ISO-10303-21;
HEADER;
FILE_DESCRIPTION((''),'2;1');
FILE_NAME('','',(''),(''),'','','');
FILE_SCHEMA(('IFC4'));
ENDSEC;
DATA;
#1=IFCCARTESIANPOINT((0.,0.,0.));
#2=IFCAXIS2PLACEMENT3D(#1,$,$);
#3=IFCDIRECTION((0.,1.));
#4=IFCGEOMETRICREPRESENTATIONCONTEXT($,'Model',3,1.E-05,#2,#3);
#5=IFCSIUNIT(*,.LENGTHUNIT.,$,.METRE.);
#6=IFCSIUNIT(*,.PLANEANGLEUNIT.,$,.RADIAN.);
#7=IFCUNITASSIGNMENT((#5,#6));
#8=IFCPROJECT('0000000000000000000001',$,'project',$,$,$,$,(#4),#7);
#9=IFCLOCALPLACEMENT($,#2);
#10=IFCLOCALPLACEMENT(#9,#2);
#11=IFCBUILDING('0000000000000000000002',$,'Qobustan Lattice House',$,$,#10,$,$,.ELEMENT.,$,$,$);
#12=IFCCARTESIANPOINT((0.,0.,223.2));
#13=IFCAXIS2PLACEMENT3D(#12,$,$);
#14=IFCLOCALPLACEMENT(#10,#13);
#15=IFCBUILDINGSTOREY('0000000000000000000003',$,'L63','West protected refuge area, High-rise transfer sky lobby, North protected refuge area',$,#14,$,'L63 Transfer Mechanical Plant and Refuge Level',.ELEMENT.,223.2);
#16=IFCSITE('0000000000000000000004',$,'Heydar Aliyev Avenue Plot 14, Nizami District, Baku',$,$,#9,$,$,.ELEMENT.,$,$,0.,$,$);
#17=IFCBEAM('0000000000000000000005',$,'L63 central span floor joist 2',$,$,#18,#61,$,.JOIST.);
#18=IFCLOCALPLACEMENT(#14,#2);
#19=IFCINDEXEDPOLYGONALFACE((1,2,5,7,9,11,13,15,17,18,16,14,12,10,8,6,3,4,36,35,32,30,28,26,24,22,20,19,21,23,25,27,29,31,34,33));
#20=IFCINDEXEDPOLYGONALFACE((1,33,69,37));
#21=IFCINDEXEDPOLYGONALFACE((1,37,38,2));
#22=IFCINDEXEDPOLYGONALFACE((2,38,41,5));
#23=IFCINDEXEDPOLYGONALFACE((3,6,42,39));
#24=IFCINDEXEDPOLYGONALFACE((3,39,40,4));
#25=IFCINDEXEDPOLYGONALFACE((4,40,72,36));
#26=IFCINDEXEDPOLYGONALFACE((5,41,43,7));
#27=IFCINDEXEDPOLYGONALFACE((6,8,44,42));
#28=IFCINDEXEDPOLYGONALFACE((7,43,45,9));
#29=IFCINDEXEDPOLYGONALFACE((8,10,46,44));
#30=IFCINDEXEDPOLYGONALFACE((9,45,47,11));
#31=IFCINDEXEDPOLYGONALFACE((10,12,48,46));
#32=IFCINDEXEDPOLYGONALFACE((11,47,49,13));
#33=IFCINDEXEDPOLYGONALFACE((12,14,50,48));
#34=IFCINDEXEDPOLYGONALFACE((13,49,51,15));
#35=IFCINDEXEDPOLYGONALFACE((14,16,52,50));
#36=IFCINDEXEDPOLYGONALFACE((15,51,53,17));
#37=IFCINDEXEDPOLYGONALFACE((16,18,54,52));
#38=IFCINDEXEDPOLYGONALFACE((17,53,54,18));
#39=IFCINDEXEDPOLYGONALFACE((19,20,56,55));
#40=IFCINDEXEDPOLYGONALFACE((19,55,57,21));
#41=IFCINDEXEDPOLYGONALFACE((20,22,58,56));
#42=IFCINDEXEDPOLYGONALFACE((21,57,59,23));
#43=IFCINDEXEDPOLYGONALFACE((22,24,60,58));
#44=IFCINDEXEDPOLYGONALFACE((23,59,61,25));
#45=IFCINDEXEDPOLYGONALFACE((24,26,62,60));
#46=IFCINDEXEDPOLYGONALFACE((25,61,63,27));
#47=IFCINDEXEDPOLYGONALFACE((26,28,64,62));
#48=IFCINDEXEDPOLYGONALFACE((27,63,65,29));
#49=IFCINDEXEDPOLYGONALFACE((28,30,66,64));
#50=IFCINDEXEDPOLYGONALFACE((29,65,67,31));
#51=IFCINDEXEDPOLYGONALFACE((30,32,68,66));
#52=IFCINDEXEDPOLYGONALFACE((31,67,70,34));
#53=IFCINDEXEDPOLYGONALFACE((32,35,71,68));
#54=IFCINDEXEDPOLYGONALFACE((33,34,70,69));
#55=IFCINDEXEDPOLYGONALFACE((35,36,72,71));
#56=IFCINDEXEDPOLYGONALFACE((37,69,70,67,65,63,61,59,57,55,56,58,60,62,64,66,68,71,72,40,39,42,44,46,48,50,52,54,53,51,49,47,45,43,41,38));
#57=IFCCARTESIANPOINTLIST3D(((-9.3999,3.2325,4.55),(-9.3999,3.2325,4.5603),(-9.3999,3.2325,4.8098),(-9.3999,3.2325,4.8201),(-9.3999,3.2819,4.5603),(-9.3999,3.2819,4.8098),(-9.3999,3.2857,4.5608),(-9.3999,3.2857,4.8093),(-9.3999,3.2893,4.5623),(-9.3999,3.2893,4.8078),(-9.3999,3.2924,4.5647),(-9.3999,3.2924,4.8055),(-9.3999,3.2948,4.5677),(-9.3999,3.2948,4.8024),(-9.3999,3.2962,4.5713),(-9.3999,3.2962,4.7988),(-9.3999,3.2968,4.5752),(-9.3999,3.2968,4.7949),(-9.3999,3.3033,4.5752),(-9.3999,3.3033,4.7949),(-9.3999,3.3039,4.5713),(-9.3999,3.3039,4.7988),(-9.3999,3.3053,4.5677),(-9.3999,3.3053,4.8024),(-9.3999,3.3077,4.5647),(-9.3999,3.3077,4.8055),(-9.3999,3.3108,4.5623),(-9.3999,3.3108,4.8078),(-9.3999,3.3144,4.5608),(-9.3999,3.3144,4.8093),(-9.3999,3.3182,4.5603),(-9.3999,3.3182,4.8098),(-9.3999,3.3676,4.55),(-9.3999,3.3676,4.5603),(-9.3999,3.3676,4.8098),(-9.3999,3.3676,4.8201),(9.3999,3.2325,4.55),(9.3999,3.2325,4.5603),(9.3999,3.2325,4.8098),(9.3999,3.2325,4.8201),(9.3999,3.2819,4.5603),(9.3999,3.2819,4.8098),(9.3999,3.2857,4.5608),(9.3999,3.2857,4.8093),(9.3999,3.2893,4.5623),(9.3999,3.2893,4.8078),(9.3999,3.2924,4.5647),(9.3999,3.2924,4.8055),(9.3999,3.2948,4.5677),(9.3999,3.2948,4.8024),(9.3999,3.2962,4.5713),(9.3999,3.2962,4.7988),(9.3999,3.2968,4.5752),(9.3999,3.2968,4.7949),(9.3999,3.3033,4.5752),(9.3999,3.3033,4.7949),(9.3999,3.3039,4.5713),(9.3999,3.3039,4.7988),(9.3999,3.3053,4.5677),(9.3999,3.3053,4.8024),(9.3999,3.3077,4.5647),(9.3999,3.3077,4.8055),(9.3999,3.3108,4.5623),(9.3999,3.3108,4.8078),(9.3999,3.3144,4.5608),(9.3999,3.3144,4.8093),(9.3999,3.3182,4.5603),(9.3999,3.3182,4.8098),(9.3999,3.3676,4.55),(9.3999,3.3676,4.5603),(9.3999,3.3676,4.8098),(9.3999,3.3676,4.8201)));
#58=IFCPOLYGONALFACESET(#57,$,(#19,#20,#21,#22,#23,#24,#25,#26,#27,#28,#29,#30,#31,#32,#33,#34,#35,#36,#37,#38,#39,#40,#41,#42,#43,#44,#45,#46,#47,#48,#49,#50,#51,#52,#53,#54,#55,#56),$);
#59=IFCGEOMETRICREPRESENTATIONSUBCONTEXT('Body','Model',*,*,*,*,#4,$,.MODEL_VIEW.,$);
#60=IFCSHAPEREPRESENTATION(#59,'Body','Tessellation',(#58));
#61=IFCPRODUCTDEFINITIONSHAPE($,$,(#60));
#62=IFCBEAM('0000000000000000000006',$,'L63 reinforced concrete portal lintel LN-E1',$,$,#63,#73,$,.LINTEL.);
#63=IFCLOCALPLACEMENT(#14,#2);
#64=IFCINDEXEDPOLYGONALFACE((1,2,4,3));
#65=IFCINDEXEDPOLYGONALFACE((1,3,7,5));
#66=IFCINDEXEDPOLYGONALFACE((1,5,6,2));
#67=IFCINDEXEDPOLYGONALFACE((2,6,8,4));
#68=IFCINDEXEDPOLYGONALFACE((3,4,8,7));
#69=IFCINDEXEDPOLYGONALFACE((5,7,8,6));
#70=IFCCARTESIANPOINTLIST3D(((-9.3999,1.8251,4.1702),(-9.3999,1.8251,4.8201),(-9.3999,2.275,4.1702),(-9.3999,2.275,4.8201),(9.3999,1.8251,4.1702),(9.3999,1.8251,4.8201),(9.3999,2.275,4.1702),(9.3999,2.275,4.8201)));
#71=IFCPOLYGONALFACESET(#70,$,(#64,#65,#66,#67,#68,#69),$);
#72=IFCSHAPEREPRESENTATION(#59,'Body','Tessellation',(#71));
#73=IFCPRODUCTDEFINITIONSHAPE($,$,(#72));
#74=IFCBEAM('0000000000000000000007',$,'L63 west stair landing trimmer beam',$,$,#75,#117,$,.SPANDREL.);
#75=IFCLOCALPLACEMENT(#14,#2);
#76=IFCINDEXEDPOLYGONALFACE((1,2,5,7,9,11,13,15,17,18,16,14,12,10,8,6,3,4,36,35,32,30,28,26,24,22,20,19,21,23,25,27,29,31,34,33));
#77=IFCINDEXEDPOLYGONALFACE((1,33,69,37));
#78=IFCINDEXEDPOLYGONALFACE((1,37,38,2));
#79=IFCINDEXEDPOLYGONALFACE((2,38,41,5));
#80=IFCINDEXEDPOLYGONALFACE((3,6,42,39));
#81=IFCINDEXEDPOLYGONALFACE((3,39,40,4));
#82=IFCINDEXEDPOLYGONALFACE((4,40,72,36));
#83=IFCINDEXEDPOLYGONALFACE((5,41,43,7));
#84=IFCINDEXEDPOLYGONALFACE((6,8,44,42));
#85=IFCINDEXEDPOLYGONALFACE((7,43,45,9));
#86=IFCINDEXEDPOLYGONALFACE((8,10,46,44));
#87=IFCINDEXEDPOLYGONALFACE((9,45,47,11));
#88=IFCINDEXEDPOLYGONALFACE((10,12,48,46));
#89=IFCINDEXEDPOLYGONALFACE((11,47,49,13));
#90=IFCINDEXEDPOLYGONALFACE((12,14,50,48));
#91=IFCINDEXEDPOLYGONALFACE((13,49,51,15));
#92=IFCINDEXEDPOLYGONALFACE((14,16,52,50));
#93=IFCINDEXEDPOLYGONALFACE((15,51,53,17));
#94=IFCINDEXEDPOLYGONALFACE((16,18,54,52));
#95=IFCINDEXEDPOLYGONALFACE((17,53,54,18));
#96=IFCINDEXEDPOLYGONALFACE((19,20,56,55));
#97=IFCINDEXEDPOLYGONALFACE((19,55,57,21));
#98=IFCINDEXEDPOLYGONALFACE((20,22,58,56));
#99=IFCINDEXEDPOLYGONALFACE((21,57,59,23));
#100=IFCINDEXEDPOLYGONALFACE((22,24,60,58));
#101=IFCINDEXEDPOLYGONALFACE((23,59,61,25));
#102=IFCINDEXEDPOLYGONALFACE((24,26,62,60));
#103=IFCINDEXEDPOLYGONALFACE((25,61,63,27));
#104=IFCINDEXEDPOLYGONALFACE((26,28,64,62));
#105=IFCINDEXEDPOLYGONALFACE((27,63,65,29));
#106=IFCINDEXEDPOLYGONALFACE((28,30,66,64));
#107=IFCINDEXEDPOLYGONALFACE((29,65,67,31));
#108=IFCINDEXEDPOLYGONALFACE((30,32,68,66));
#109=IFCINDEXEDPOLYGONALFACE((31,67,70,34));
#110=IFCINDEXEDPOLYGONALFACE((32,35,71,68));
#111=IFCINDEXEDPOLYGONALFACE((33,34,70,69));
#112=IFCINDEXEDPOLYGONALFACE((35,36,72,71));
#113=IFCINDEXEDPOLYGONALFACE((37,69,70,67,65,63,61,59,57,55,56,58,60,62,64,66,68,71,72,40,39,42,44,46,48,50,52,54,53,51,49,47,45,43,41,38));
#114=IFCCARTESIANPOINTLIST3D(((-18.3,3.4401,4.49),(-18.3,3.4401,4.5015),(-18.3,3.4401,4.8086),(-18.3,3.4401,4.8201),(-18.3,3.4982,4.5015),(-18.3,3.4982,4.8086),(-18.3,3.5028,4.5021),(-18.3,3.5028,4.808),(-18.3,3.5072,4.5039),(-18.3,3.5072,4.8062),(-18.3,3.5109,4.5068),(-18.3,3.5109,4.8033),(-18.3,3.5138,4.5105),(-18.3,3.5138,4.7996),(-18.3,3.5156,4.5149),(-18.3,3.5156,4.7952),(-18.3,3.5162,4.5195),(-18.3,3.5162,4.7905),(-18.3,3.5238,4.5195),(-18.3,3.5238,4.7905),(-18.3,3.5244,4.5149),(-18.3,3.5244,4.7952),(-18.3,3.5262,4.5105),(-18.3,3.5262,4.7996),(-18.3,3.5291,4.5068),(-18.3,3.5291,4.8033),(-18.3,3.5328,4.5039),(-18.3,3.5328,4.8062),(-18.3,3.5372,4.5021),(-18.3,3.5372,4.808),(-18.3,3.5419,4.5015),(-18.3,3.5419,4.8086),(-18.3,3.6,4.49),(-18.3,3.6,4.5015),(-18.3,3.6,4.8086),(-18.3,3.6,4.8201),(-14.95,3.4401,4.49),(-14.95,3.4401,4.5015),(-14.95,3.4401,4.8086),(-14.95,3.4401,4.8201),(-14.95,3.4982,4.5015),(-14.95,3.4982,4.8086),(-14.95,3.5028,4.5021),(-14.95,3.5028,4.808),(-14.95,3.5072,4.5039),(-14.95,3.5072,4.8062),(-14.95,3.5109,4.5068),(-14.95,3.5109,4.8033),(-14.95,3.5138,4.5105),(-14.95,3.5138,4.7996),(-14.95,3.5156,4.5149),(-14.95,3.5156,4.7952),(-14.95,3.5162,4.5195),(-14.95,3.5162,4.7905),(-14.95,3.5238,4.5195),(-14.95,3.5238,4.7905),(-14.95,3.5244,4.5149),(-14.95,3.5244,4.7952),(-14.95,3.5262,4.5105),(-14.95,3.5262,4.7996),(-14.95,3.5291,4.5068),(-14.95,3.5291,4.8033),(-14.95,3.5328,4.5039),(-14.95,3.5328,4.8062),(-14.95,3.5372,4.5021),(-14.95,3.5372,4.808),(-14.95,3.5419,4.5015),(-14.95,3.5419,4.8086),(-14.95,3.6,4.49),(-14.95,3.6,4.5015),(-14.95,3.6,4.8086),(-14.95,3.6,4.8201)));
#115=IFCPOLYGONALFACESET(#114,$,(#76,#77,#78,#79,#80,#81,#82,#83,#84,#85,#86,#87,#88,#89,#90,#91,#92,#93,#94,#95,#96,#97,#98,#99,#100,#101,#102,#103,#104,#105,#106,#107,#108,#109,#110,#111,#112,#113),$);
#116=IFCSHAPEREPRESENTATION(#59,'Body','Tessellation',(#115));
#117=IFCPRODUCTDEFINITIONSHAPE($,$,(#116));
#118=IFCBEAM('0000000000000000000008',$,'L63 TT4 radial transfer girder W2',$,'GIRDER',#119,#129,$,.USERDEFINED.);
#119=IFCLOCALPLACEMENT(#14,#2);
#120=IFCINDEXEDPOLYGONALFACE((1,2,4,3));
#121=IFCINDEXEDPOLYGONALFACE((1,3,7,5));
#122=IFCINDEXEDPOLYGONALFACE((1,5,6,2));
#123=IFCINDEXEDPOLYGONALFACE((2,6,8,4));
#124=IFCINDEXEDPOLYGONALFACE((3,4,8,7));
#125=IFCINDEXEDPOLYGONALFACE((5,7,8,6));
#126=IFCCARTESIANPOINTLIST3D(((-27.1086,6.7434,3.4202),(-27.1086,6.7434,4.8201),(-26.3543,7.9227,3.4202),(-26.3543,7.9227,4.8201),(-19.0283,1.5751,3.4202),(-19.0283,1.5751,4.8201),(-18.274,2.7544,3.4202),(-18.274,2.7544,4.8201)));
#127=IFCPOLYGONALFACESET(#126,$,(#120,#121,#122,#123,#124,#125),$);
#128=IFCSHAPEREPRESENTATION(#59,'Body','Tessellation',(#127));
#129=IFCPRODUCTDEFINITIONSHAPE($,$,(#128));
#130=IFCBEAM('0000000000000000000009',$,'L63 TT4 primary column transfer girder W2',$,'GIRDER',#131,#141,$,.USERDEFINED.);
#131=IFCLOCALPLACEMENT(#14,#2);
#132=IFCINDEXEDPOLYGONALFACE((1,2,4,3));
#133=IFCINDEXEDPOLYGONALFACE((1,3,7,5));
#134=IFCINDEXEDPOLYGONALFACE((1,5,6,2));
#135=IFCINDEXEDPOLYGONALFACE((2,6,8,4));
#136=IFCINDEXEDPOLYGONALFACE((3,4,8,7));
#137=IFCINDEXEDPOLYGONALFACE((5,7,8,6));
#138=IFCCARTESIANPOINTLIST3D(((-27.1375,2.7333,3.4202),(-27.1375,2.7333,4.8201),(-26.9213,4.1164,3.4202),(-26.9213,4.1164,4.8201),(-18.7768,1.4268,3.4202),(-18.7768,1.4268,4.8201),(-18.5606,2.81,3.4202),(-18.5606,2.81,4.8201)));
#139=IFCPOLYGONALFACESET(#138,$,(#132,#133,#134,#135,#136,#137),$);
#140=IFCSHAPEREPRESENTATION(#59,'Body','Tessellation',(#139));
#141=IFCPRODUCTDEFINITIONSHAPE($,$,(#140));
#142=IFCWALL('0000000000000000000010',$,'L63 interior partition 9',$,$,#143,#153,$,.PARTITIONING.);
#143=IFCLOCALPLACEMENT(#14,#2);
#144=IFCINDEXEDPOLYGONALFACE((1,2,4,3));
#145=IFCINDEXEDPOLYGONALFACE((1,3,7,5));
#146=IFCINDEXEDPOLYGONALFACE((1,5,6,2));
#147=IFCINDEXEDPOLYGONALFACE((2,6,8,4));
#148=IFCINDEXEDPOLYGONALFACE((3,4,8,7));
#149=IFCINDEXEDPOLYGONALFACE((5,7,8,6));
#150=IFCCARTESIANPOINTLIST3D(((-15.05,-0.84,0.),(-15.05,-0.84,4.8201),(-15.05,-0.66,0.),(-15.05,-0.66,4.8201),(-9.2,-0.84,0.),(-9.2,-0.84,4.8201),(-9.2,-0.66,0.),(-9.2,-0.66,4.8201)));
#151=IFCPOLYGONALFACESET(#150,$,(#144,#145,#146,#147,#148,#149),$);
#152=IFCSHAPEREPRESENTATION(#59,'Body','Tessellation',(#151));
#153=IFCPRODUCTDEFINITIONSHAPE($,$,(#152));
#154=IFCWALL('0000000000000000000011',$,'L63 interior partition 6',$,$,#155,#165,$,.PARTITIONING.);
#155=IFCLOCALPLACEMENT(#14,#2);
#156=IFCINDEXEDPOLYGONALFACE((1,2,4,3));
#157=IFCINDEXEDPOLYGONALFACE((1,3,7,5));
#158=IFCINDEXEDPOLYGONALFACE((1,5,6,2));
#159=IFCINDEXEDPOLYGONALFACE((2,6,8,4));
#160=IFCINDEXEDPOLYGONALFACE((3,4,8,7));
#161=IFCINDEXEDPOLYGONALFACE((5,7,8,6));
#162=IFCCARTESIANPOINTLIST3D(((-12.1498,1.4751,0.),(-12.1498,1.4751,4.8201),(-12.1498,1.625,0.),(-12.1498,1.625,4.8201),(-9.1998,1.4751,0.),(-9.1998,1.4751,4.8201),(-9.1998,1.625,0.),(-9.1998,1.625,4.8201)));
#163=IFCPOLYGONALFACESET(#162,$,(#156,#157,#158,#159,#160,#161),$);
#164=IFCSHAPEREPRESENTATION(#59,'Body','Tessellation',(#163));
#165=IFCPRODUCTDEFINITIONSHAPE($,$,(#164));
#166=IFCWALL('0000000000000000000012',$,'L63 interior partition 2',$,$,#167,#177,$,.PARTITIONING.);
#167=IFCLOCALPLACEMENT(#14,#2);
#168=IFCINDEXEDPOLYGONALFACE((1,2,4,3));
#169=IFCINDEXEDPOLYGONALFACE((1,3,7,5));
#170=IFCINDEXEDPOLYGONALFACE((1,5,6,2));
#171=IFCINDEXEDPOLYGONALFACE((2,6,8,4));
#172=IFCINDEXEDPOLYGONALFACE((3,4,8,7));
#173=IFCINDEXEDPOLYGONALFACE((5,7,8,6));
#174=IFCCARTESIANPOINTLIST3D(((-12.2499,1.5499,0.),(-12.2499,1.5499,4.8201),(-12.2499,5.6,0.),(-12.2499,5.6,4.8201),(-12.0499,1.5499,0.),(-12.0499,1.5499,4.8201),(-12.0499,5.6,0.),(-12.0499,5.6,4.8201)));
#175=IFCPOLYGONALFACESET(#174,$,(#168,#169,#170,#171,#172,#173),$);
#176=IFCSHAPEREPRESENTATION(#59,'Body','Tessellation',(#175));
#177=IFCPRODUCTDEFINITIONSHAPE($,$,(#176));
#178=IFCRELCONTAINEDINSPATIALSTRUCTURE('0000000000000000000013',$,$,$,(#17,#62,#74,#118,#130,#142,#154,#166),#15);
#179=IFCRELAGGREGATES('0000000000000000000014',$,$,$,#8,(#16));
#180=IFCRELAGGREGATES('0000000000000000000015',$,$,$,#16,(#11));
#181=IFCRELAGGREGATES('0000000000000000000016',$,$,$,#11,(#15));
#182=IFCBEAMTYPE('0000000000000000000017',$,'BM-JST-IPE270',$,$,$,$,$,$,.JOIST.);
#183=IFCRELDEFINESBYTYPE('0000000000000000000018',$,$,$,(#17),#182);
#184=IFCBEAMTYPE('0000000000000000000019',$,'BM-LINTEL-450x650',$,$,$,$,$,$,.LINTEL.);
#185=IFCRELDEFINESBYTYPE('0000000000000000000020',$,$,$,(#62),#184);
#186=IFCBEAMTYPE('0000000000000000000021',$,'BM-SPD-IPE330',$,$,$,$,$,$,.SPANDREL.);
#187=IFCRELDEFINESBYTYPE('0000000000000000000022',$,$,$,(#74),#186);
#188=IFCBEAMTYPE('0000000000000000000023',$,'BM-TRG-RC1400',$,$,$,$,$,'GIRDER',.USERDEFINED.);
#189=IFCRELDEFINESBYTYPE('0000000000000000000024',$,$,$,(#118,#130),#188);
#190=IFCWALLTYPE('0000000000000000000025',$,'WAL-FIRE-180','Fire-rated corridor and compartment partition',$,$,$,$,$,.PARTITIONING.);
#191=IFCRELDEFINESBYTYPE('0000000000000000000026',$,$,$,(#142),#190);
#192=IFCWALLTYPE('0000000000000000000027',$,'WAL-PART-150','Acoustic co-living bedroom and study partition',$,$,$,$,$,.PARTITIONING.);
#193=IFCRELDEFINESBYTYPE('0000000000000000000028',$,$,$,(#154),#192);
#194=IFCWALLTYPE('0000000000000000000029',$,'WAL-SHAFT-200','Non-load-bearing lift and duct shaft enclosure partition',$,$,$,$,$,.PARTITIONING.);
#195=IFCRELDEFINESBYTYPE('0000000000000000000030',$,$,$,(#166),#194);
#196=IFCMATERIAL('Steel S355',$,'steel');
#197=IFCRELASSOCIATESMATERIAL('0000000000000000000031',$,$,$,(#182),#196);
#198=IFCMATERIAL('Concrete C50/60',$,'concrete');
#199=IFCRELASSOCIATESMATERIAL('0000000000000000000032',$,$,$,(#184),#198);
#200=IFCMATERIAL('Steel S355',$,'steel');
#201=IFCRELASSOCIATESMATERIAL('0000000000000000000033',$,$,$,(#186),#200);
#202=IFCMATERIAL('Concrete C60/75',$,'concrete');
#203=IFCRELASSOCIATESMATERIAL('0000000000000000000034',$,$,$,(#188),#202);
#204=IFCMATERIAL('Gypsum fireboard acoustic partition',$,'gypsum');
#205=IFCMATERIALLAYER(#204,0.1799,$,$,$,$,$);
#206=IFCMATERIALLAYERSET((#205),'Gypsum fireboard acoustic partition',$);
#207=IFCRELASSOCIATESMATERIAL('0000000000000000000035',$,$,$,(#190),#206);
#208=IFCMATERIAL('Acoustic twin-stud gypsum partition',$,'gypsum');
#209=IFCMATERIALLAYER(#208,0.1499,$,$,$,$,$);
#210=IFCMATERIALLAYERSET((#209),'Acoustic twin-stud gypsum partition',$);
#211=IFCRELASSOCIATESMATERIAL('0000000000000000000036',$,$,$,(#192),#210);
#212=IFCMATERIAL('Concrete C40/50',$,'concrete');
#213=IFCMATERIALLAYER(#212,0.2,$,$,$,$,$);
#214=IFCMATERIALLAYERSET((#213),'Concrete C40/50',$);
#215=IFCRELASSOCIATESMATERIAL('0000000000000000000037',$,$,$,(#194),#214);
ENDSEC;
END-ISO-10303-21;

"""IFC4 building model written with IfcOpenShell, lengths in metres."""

from ifc_helpers import new_model, si_unit, direction, frame, frame_2d, origin, origin_2d, place, context, subcontext, project, spatial, rectangle, i_section, extrude, material, layer, layer_set, material_profile, profile_set, type_object, element, save


model = new_model("IFC4")

# Units and contexts
model_context = context("Model", 3, precision=1e-05, world=origin(), true_north=direction((0.0, 1.0)))
body_context = subcontext(model_context, "Body", "Model", "MODEL_VIEW")
ifc_project = project(units=[si_unit("LENGTHUNIT", "METRE"), si_unit("PLANEANGLEUNIT", "RADIAN")], contexts=[model_context])

# Site, building, storey
site_placement = place(None, origin())
site = spatial("IfcSite", under=ifc_project, at=site_placement, Name="Heydar Aliyev Avenue Plot 14, Nizami District, Baku", CompositionType="ELEMENT", RefElevation=0.0)
building_placement = place(site_placement, origin())
building = spatial("IfcBuilding", under=site, at=building_placement, Name="Qobustan Lattice House", CompositionType="ELEMENT")
storey_placement = place(building_placement, frame((0.0, 0.0, 223.2)))
storey = spatial("IfcBuildingStorey", under=building, at=storey_placement, Name="L63", Description="West protected refuge area, High-rise transfer sky lobby, North protected refuge area", LongName="L63 Transfer Mechanical Plant and Refuge Level", CompositionType="ELEMENT", Elevation=223.2)

# Beams
ifc_material_1 = material(Name="Steel S355", Category="steel")
ifc_material_profile_1 = material_profile(ifc_material_1, i_section(OverallWidth=0.135, OverallDepth=0.27, WebThickness=0.0066, FlangeThickness=0.0103, FilletRadius=0.0149, at=origin_2d()), Name="IPE270")
ifc_profile_set_1 = profile_set([ifc_material_profile_1], Name="Steel S355")
beam_type_1 = type_object("IfcBeamType", Name="BM-JST-IPE270", PredefinedType="JOIST", material=ifc_profile_set_1)
beam_1_placement = place(storey_placement, frame((-9.3999, 3.3, 4.6851), z_axis=(1.0, 0.0, 0.0), x_axis=(0.0, 1.0, 0.0)))
element("IfcBeam", 1, at=beam_1_placement, inside=storey, type_object=beam_type_1, Name="L63 central span floor joist 2", PredefinedType="JOIST", context=body_context, shape_type="SweptSolid", body=[
    extrude(i_section(OverallWidth=0.135, OverallDepth=0.27, WebThickness=0.0066, FlangeThickness=0.0103, FilletRadius=0.0149, at=origin_2d()), origin(), (0.0, 0.0, 1.0), 18.7998),
])
ifc_material_2 = material(Name="Concrete C50/60", Category="concrete")
ifc_material_profile_2 = material_profile(ifc_material_2, rectangle(XDim=0.45, YDim=0.6499, at=origin_2d()), Name="RC450x650")
ifc_profile_set_2 = profile_set([ifc_material_profile_2], Name="Concrete C50/60")
beam_type_2 = type_object("IfcBeamType", Name="BM-LINTEL-450x650", PredefinedType="LINTEL", material=ifc_profile_set_2)
beam_2_placement = place(storey_placement, frame((-9.3999, 2.05, 4.4951), z_axis=(1.0, 0.0, 0.0), x_axis=(0.0, 1.0, 0.0)))
element("IfcBeam", 2, at=beam_2_placement, inside=storey, type_object=beam_type_2, Name="L63 reinforced concrete portal lintel LN-E1", PredefinedType="LINTEL", context=body_context, shape_type="SweptSolid", body=[
    extrude(rectangle(XDim=0.45, YDim=0.6499, at=origin_2d()), origin(), (0.0, 0.0, 1.0), 18.7998),
])
ifc_material_3 = material(Name="Steel S355", Category="steel")
ifc_material_profile_3 = material_profile(ifc_material_3, i_section(OverallWidth=0.1599, OverallDepth=0.3301, WebThickness=0.0076, FlangeThickness=0.0115, FilletRadius=0.0181, at=origin_2d()), Name="IPE330")
ifc_profile_set_3 = profile_set([ifc_material_profile_3], Name="Steel S355")
beam_type_3 = type_object("IfcBeamType", Name="BM-SPD-IPE330", PredefinedType="SPANDREL", material=ifc_profile_set_3)
beam_3_placement = place(storey_placement, frame((-18.3, 3.52, 4.655), z_axis=(1.0, 0.0, 0.0), x_axis=(0.0, 1.0, 0.0)))
element("IfcBeam", 3, at=beam_3_placement, inside=storey, type_object=beam_type_3, Name="L63 west stair landing trimmer beam", PredefinedType="SPANDREL", context=body_context, shape_type="SweptSolid", body=[
    extrude(i_section(OverallWidth=0.1599, OverallDepth=0.3301, WebThickness=0.0076, FlangeThickness=0.0115, FilletRadius=0.0181, at=origin_2d()), origin(), (0.0, 0.0, 1.0), 3.3501),
])
ifc_material_4 = material(Name="Concrete C60/75", Category="concrete")
ifc_material_profile_4 = material_profile(ifc_material_4, rectangle(XDim=1.3999, YDim=1.3999, at=origin_2d()), Name="RC1400x1400")
ifc_profile_set_4 = profile_set([ifc_material_profile_4], Name="Concrete C60/75")
beam_type_4 = type_object("IfcBeamType", Name="BM-TRG-RC1400", ElementType="GIRDER", PredefinedType="USERDEFINED", material=ifc_profile_set_4)
beam_4_placement = place(storey_placement, frame((-18.6511, 2.1648, 4.1201), z_axis=(-0.842423, 0.538817, 0.0), x_axis=(-0.538817, -0.842423, 0.0)))
element("IfcBeam", 4, at=beam_4_placement, inside=storey, type_object=beam_type_4, Name="L63 TT4 radial transfer girder W2", ObjectType="GIRDER", PredefinedType="USERDEFINED", context=body_context, shape_type="SweptSolid", body=[
    extrude(rectangle(XDim=1.3999, YDim=1.3999, at=origin_2d()), origin(), (0.0, 0.0, 1.0), 9.5918),
])
beam_5_placement = place(storey_placement, frame((-18.6687, 2.1184, 4.1201), z_axis=(-0.988011, 0.154383, 0.0), x_axis=(-0.154383, -0.988011, 0.0)))
element("IfcBeam", 5, at=beam_5_placement, inside=storey, type_object=beam_type_4, Name="L63 TT4 primary column transfer girder W2", ObjectType="GIRDER", PredefinedType="USERDEFINED", context=body_context, shape_type="SweptSolid", body=[
    extrude(rectangle(XDim=1.3999, YDim=1.3999, at=origin_2d()), origin(), (0.0, 0.0, 1.0), 8.4622),
])

# Walls
ifc_material_5 = material(Name="Gypsum fireboard acoustic partition", Category="gypsum")
ifc_layer_1 = layer(ifc_material_5, 0.1799)
ifc_layer_set_1 = layer_set([ifc_layer_1], Name="Gypsum fireboard acoustic partition")
wall_type_1 = type_object("IfcWallType", Name="WAL-FIRE-180", Description="Fire-rated corridor and compartment partition", PredefinedType="PARTITIONING", material=ifc_layer_set_1)
wall_1_placement = place(storey_placement, frame((-9.2, -0.75, 0.0), z_axis=(0.0, 0.0, 1.0), x_axis=(-1.0, 0.0, 0.0)))
element("IfcWall", 6, at=wall_1_placement, inside=storey, type_object=wall_type_1, Name="L63 interior partition 9", PredefinedType="PARTITIONING", context=body_context, shape_type="SweptSolid", body=[
    extrude(rectangle(XDim=5.8501, YDim=0.1799, at=frame_2d((2.925, 0.0))), origin(), (0.0, 0.0, 1.0), 4.8201),
])
ifc_material_6 = material(Name="Acoustic twin-stud gypsum partition", Category="gypsum")
ifc_layer_2 = layer(ifc_material_6, 0.1499)
ifc_layer_set_2 = layer_set([ifc_layer_2], Name="Acoustic twin-stud gypsum partition")
wall_type_2 = type_object("IfcWallType", Name="WAL-PART-150", Description="Acoustic co-living bedroom and study partition", PredefinedType="PARTITIONING", material=ifc_layer_set_2)
wall_2_placement = place(storey_placement, frame((-12.1499, 1.55, 0.0), z_axis=(0.0, 0.0, 1.0), x_axis=(1.0, 0.0, 0.0)))
element("IfcWall", 7, at=wall_2_placement, inside=storey, type_object=wall_type_2, Name="L63 interior partition 6", PredefinedType="PARTITIONING", context=body_context, shape_type="SweptSolid", body=[
    extrude(rectangle(XDim=2.95, YDim=0.1499, at=frame_2d((1.4751, 0.0))), origin(), (0.0, 0.0, 1.0), 4.8201),
])
ifc_material_7 = material(Name="Concrete C40/50", Category="concrete")
ifc_layer_3 = layer(ifc_material_7, 0.2)
ifc_layer_set_3 = layer_set([ifc_layer_3], Name="Concrete C40/50")
wall_type_3 = type_object("IfcWallType", Name="WAL-SHAFT-200", Description="Non-load-bearing lift and duct shaft enclosure partition", PredefinedType="PARTITIONING", material=ifc_layer_set_3)
wall_3_placement = place(storey_placement, frame((-12.1499, 1.55, 0.0), z_axis=(0.0, 0.0, 1.0), x_axis=(0.0, 1.0, 0.0)))
element("IfcWall", 8, at=wall_3_placement, inside=storey, type_object=wall_type_3, Name="L63 interior partition 2", PredefinedType="PARTITIONING", context=body_context, shape_type="SweptSolid", body=[
    extrude(rectangle(XDim=4.05, YDim=0.2, at=frame_2d((2.0249, 0.0))), origin(), (0.0, 0.0, 1.0), 4.8201),
])

save(model, "model.ifc")
